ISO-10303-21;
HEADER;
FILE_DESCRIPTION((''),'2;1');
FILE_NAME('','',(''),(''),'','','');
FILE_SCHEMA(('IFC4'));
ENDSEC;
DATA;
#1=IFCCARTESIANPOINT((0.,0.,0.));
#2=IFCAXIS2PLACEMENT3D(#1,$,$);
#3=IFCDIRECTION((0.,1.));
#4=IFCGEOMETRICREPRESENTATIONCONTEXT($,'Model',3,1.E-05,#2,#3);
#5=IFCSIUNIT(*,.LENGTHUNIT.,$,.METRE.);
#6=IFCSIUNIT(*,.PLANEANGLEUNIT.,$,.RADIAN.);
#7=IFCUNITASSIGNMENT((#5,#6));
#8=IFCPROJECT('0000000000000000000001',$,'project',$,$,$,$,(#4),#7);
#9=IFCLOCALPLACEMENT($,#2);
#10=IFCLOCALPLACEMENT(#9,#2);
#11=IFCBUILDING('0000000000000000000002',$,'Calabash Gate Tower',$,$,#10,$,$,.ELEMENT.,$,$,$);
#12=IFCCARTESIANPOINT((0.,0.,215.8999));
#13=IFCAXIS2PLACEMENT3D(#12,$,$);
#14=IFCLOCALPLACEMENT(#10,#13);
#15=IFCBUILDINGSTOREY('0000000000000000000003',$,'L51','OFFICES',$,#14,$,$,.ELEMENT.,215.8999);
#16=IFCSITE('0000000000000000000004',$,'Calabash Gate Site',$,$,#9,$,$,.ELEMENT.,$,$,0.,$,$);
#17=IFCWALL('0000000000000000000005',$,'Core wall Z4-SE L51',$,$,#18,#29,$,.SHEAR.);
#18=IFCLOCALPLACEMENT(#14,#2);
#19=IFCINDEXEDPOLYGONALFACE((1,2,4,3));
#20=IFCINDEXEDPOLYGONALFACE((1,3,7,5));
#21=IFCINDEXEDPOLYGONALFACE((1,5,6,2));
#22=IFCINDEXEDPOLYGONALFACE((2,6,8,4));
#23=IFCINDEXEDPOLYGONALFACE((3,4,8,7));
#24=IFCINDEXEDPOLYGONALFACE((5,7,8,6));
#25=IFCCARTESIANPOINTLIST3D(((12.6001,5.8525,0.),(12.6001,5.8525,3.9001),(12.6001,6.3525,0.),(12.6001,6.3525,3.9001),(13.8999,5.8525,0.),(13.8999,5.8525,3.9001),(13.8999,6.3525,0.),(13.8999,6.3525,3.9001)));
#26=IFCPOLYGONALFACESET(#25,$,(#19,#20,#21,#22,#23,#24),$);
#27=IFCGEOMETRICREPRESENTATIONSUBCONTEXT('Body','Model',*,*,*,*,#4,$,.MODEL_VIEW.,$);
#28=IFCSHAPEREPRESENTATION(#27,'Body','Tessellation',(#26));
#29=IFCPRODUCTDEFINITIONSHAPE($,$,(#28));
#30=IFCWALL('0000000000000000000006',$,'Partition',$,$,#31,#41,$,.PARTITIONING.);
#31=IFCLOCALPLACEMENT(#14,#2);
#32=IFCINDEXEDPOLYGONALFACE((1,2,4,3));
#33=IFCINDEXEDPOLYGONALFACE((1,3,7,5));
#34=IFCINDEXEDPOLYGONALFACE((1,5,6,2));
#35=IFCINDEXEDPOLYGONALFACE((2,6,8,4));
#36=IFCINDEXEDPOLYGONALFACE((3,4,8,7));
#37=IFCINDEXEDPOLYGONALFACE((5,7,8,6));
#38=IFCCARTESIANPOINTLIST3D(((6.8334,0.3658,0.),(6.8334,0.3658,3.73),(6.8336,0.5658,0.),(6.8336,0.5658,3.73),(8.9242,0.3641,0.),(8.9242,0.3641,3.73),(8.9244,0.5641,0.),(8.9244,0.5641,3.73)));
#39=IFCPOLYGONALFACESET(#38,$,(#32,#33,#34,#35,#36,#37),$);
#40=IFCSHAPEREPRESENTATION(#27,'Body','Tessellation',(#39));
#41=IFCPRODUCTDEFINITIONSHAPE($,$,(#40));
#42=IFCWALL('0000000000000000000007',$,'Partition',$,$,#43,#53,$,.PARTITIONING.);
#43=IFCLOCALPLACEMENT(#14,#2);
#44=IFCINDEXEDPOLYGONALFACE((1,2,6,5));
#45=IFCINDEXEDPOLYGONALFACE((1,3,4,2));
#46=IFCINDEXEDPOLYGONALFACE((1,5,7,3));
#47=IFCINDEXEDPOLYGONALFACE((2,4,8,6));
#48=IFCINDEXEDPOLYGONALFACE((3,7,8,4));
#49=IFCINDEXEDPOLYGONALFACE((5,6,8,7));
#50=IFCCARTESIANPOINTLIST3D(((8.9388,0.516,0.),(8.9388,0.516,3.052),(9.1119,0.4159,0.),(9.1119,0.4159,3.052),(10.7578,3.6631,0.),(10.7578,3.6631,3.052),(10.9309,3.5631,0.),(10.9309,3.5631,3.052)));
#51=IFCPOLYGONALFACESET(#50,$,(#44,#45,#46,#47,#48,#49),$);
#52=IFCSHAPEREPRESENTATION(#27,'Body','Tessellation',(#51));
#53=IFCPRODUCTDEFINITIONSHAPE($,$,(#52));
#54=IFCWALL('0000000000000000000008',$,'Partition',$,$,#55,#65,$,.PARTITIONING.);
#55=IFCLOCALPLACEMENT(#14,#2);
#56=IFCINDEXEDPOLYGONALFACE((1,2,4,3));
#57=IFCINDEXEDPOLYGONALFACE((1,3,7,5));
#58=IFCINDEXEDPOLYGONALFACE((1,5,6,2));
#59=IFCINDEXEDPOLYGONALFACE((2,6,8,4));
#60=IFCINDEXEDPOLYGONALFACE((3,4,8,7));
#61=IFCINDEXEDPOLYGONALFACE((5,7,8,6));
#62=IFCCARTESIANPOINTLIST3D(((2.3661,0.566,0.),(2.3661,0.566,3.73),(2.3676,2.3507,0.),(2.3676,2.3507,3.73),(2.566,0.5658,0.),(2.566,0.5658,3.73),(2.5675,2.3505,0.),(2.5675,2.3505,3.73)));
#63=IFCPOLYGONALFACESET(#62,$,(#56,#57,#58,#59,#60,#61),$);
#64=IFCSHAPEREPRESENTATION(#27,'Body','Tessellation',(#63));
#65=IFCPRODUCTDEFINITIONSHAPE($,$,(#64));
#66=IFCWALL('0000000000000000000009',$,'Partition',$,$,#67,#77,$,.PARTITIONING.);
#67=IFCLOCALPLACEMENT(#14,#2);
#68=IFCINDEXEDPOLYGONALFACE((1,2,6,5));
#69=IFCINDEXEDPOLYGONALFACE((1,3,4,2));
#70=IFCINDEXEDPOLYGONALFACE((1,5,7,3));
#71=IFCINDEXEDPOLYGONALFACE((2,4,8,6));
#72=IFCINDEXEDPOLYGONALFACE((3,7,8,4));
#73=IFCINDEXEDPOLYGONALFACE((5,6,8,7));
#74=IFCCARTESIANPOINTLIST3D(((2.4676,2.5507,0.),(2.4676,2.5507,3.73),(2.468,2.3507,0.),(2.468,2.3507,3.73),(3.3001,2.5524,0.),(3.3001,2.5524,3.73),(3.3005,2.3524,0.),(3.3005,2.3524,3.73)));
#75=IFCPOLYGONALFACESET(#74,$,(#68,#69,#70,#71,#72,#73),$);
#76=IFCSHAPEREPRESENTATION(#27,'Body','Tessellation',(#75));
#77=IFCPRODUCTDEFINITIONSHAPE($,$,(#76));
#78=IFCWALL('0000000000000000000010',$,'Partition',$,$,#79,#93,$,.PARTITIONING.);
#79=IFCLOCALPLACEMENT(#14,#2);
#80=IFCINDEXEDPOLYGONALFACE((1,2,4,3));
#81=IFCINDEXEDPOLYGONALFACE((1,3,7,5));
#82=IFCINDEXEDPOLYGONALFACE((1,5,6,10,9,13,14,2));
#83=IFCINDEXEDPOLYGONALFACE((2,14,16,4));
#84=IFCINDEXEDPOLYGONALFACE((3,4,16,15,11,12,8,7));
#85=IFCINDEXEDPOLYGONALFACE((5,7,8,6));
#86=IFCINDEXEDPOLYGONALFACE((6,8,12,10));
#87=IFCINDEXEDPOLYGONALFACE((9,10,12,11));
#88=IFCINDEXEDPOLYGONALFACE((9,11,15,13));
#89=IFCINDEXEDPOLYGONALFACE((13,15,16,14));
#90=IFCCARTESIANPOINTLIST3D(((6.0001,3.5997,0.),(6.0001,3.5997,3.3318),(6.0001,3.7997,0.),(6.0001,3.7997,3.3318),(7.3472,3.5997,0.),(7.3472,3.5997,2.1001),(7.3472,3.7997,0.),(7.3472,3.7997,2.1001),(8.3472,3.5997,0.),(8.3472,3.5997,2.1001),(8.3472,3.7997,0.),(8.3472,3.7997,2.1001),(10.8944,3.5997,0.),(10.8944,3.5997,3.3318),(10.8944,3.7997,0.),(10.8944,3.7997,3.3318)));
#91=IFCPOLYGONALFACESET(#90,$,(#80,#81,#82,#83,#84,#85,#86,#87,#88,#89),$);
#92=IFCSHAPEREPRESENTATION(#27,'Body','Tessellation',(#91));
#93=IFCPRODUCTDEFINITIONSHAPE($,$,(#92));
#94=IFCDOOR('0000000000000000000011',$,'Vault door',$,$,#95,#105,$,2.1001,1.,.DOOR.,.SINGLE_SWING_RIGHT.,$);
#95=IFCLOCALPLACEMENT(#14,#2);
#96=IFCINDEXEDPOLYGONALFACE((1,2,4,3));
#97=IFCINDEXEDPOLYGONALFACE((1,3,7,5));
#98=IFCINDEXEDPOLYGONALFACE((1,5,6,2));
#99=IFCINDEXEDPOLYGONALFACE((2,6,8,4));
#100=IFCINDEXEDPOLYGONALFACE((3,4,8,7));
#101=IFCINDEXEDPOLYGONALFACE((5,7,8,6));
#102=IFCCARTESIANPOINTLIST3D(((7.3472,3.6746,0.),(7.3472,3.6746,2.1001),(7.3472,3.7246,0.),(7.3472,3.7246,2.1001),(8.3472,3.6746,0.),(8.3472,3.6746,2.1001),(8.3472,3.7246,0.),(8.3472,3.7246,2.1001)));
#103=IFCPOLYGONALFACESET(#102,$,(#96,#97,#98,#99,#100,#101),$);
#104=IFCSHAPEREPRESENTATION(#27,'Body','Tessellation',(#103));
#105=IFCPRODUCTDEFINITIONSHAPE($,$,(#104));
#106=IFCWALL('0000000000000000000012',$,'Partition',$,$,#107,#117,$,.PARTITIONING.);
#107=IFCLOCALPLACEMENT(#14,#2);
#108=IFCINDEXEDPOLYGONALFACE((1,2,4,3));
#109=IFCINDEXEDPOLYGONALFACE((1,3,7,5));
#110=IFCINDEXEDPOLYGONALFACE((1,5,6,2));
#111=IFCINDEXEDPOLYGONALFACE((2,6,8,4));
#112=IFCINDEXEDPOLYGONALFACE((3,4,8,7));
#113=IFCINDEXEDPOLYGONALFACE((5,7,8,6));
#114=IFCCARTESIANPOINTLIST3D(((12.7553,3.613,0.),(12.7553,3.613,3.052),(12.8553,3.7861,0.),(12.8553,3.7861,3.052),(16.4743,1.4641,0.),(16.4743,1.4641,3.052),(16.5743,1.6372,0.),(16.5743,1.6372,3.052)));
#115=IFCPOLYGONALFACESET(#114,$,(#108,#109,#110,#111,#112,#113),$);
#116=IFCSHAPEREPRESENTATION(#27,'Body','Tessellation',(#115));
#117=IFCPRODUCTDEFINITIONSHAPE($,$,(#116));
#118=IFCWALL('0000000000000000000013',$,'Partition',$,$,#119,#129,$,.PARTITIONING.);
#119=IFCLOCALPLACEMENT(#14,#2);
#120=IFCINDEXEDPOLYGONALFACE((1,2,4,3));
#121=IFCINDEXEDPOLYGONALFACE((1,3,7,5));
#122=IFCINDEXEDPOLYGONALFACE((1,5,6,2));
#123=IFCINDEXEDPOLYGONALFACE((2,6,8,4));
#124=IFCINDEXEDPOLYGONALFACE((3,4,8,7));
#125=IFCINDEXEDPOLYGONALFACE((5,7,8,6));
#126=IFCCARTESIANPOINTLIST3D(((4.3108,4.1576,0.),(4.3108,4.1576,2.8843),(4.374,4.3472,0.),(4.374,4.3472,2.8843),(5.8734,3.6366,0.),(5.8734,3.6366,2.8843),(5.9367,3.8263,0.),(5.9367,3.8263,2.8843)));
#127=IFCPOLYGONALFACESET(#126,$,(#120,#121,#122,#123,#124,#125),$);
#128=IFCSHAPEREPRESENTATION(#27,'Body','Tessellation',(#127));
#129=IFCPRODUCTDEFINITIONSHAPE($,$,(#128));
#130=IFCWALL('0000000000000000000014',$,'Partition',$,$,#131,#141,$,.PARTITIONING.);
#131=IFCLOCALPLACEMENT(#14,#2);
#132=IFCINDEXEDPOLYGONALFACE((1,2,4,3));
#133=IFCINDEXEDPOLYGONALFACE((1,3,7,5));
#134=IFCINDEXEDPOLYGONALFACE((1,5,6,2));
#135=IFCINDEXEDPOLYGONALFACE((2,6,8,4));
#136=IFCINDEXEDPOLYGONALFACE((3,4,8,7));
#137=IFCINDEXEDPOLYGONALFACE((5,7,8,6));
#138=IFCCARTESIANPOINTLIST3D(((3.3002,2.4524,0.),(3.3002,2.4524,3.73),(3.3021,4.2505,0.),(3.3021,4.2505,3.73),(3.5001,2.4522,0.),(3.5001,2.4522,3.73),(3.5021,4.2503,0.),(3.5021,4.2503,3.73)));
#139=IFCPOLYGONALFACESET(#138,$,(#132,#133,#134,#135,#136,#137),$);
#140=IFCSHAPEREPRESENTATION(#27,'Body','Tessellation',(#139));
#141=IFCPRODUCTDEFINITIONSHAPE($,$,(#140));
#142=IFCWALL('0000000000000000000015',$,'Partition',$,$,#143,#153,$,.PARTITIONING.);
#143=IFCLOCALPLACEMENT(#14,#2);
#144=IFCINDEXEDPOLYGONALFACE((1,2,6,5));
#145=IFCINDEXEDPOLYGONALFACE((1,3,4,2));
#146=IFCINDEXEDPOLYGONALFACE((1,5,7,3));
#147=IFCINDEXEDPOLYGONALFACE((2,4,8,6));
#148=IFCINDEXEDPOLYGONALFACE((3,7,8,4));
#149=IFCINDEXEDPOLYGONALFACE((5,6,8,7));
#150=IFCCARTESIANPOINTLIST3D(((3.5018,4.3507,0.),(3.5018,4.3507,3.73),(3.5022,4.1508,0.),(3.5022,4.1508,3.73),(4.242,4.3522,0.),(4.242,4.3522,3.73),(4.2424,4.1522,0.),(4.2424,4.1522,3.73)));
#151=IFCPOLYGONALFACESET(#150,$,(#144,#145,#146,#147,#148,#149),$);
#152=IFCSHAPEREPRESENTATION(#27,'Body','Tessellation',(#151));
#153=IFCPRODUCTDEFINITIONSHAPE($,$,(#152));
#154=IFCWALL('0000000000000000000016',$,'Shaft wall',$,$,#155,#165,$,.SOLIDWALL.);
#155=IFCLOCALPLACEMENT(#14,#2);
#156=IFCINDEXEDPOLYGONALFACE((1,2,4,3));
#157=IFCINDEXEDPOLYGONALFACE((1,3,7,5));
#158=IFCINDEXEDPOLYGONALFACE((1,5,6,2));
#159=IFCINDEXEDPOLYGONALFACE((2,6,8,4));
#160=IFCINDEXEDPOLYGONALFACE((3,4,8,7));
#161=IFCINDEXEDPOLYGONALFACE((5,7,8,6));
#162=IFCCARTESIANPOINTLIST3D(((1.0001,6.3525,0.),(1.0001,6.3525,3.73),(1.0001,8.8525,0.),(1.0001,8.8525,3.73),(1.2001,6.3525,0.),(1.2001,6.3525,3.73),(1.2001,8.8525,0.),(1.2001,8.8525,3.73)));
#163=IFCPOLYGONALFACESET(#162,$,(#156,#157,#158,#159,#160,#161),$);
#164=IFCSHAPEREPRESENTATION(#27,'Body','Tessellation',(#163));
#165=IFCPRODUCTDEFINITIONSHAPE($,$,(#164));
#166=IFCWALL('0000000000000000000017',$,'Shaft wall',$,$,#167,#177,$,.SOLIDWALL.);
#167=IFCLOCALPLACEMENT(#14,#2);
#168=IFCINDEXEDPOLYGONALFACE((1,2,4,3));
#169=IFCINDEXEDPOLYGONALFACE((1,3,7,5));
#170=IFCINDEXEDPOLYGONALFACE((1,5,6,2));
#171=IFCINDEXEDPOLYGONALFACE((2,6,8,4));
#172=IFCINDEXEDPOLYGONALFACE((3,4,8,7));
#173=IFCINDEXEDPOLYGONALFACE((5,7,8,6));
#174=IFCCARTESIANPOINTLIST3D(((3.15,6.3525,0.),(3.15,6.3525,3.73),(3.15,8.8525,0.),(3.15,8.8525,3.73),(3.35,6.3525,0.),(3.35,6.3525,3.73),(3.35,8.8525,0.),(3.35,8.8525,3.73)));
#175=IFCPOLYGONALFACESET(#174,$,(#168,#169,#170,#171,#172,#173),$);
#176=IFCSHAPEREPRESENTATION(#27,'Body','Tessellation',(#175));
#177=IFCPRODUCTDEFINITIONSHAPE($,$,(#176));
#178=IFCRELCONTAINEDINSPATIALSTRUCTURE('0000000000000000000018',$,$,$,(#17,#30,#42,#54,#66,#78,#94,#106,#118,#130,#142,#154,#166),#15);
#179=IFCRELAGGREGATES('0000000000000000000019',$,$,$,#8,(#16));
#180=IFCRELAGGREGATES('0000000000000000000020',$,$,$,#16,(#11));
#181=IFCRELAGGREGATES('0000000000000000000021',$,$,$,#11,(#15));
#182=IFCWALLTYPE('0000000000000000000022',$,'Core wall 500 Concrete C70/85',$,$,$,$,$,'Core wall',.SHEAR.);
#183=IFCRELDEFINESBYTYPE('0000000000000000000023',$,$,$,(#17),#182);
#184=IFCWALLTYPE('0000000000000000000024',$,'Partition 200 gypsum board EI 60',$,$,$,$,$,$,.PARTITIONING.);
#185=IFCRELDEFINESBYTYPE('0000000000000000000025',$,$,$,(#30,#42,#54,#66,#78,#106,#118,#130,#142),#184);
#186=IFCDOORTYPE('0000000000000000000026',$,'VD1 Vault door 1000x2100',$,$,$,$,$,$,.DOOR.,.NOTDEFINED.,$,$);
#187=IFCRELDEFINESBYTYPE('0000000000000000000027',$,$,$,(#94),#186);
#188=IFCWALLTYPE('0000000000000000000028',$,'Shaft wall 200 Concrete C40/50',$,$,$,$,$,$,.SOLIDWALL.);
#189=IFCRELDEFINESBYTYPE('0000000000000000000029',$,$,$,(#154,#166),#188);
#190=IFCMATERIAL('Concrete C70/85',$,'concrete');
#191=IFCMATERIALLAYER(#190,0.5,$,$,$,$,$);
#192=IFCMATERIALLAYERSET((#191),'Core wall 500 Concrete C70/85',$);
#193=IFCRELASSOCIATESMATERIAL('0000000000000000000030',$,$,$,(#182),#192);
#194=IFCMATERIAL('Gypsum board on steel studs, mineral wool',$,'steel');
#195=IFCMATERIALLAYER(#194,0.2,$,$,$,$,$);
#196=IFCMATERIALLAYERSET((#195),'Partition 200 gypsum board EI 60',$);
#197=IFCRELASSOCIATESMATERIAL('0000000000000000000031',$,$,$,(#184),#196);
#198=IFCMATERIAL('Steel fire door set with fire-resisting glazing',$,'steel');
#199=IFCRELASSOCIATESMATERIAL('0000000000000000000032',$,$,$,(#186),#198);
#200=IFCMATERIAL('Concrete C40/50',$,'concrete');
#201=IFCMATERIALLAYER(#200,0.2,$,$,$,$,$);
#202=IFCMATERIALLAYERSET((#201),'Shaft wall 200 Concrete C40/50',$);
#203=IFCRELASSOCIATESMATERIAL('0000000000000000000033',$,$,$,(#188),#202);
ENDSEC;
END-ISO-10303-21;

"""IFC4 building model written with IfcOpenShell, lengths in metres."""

from ifc_helpers import new_model, si_unit, direction, frame, frame_2d, origin, place, context, subcontext, project, spatial, rectangle, extrude, material, layer, layer_set, type_object, element, fill, save


model = new_model("IFC4")

# Units and contexts
model_context = context("Model", 3, precision=1e-05, world=origin(), true_north=direction((0.0, 1.0)))
body_context = subcontext(model_context, "Body", "Model", "MODEL_VIEW")
ifc_project = project(units=[si_unit("LENGTHUNIT", "METRE"), si_unit("PLANEANGLEUNIT", "RADIAN")], contexts=[model_context])

# Site, building, storey
site_placement = place(None, origin())
site = spatial("IfcSite", under=ifc_project, at=site_placement, Name="Calabash Gate Site", CompositionType="ELEMENT", RefElevation=0.0)
building_placement = place(site_placement, origin())
building = spatial("IfcBuilding", under=site, at=building_placement, Name="Calabash Gate Tower", CompositionType="ELEMENT")
storey_placement = place(building_placement, frame((0.0, 0.0, 215.8999)))
storey = spatial("IfcBuildingStorey", under=building, at=storey_placement, Name="L51", Description="OFFICES", CompositionType="ELEMENT", Elevation=215.8999)

# Shared definitions
ifc_material_1 = material(Name="Concrete C70/85", Category="concrete")
ifc_layer_1 = layer(ifc_material_1, 0.5)
ifc_layer_set_1 = layer_set([ifc_layer_1], Name="Core wall 500 Concrete C70/85")
wall_type_1 = type_object("IfcWallType", Name="Core wall 500 Concrete C70/85", ElementType="Core wall", PredefinedType="SHEAR", material=ifc_layer_set_1)

# Walls
wall_1_placement = place(storey_placement, frame((12.6001, 6.1025, 0.0), z_axis=(0.0, 0.0, 1.0), x_axis=(1.0, 0.0, 0.0)))
element("IfcWall", 1, at=wall_1_placement, inside=storey, type_object=wall_type_1, Name="Core wall Z4-SE L51", PredefinedType="SHEAR", context=body_context, shape_type="SweptSolid", body=[
    extrude(rectangle(XDim=1.2998, YDim=0.5, at=frame_2d((0.6499, 0.0))), origin(), (0.0, 0.0, 1.0), 3.9001),
])
ifc_material_2 = material(Name="Gypsum board on steel studs, mineral wool", Category="steel")
ifc_layer_2 = layer(ifc_material_2, 0.2)
ifc_layer_set_2 = layer_set([ifc_layer_2], Name="Partition 200 gypsum board EI 60")
wall_type_2 = type_object("IfcWallType", Name="Partition 200 gypsum board EI 60", PredefinedType="PARTITIONING", material=ifc_layer_set_2)
wall_2_placement = place(storey_placement, frame((6.8335, 0.4658, 0.0), z_axis=(0.0, 0.0, 1.0), x_axis=(1.0, -0.000817, 0.0)))
element("IfcWall", 2, at=wall_2_placement, inside=storey, type_object=wall_type_2, Name="Partition", PredefinedType="PARTITIONING", context=body_context, shape_type="SweptSolid", body=[
    extrude(rectangle(XDim=2.0908, YDim=0.2, at=frame_2d((1.0454, 0.0))), origin(), (0.0, 0.0, 1.0), 3.73),
])
wall_3_placement = place(storey_placement, frame((9.0254, 0.4661, 0.0), z_axis=(0.0, 0.0, 1.0), x_axis=(0.500422, 0.865782, 0.0)))
element("IfcWall", 3, at=wall_3_placement, inside=storey, type_object=wall_type_2, Name="Partition", PredefinedType="PARTITIONING", context=body_context, shape_type="SweptSolid", body=[
    extrude(rectangle(XDim=3.635, YDim=0.2, at=frame_2d((1.8174, 0.0))), origin(), (0.0, 0.0, 1.0), 3.052),
])
wall_4_placement = place(storey_placement, frame((2.4661, 0.5659, 0.0), z_axis=(0.0, 0.0, 1.0), x_axis=(0.000821, 1.0, 0.0)))
element("IfcWall", 4, at=wall_4_placement, inside=storey, type_object=wall_type_2, Name="Partition", PredefinedType="PARTITIONING", context=body_context, shape_type="SweptSolid", body=[
    extrude(rectangle(XDim=1.7847, YDim=0.2, at=frame_2d((0.8923, 0.0))), origin(), (0.0, 0.0, 1.0), 3.73),
])
wall_5_placement = place(storey_placement, frame((2.4678, 2.4507, 0.0), z_axis=(0.0, 0.0, 1.0), x_axis=(0.999998, 0.002053, 0.0)))
element("IfcWall", 5, at=wall_5_placement, inside=storey, type_object=wall_type_2, Name="Partition", PredefinedType="PARTITIONING", context=body_context, shape_type="SweptSolid", body=[
    extrude(rectangle(XDim=0.8325, YDim=0.2, at=frame_2d((0.4163, 0.0))), origin(), (0.0, 0.0, 1.0), 3.73),
])

# Wall, opening, door
wall_6_placement = place(storey_placement, frame((6.0, 3.6997, 0.0), z_axis=(0.0, 0.0, 1.0), x_axis=(1.0, 0.0, 0.0)))
wall_6 = element("IfcWall", 6, at=wall_6_placement, inside=storey, type_object=wall_type_2, Name="Partition", PredefinedType="PARTITIONING", context=body_context, shape_type="SweptSolid", body=[
    extrude(rectangle(XDim=4.8943, YDim=0.2, at=frame_2d((2.4473, 0.0))), origin(), (0.0, 0.0, 1.0), 3.3318),
])
opening_1_placement = place(wall_6_placement, frame((1.3472, 0.0, 0.0)))
opening_1 = element("IfcOpeningElement", 7, at=opening_1_placement, cuts=wall_6, PredefinedType="OPENING", context=body_context, shape_type="SweptSolid", body=[
    extrude(rectangle(XDim=1.0, YDim=2.1001, at=frame_2d((0.5, 1.05))), frame((0.0, 0.1099, 0.0), z_axis=(0.0, -1.0, 0.0), x_axis=(1.0, 0.0, 0.0)), (0.0, 0.0, 1.0), 0.22),
])
ifc_material_3 = material(Name="Steel fire door set with fire-resisting glazing", Category="steel")
door_type_1 = type_object("IfcDoorType", Name="VD1 Vault door 1000x2100", OperationType="NOTDEFINED", PredefinedType="DOOR", material=ifc_material_3)
door_1_placement = place(opening_1_placement, origin())
door_1 = element("IfcDoor", 8, at=door_1_placement, inside=storey, type_object=door_type_1, Name="Vault door", OperationType="SINGLE_SWING_RIGHT", OverallHeight=2.1001, OverallWidth=1.0, PredefinedType="DOOR", context=body_context, shape_type="SweptSolid", body=[
    extrude(rectangle(XDim=1.0, YDim=2.1001, at=frame_2d((0.5, 1.05))), frame((0.0, 0.0249, 0.0), z_axis=(0.0, -1.0, 0.0), x_axis=(1.0, 0.0, 0.0)), (0.0, 0.0, 1.0), 0.05),
])
fill(opening_1, door_1)

# Walls
wall_7_placement = place(storey_placement, frame((12.8054, 3.6995, 0.0), z_axis=(0.0, 0.0, 1.0), x_axis=(0.865848, -0.500308, 0.0)))
element("IfcWall", 9, at=wall_7_placement, inside=storey, type_object=wall_type_2, Name="Partition", PredefinedType="PARTITIONING", context=body_context, shape_type="SweptSolid", body=[
    extrude(rectangle(XDim=4.2952, YDim=0.2, at=frame_2d((2.1475, 0.0))), origin(), (0.0, 0.0, 1.0), 3.052),
])
wall_8_placement = place(storey_placement, frame((4.3423, 4.2524, 0.0), z_axis=(0.0, 0.0, 1.0), x_axis=(0.948668, -0.316272, 0.0)))
element("IfcWall", 10, at=wall_8_placement, inside=storey, type_object=wall_type_2, Name="Partition", PredefinedType="PARTITIONING", context=body_context, shape_type="SweptSolid", body=[
    extrude(rectangle(XDim=1.6472, YDim=0.2, at=frame_2d((0.8237, 0.0))), origin(), (0.0, 0.0, 1.0), 2.8843),
])
wall_9_placement = place(storey_placement, frame((3.4001, 2.4524, 0.0), z_axis=(0.0, 0.0, 1.0), x_axis=(0.001086, 0.999999, 0.0)))
element("IfcWall", 11, at=wall_9_placement, inside=storey, type_object=wall_type_2, Name="Partition", PredefinedType="PARTITIONING", context=body_context, shape_type="SweptSolid", body=[
    extrude(rectangle(XDim=1.7981, YDim=0.2, at=frame_2d((0.8989, 0.0))), origin(), (0.0, 0.0, 1.0), 3.73),
])
wall_10_placement = place(storey_placement, frame((3.502, 4.2507, 0.0), z_axis=(0.0, 0.0, 1.0), x_axis=(0.999998, 0.001979, 0.0)))
element("IfcWall", 12, at=wall_10_placement, inside=storey, type_object=wall_type_2, Name="Partition", PredefinedType="PARTITIONING", context=body_context, shape_type="SweptSolid", body=[
    extrude(rectangle(XDim=0.7402, YDim=0.2, at=frame_2d((0.3701, 0.0))), origin(), (0.0, 0.0, 1.0), 3.73),
])
ifc_material_4 = material(Name="Concrete C40/50", Category="concrete")
ifc_layer_3 = layer(ifc_material_4, 0.2)
ifc_layer_set_3 = layer_set([ifc_layer_3], Name="Shaft wall 200 Concrete C40/50")
wall_type_3 = type_object("IfcWallType", Name="Shaft wall 200 Concrete C40/50", PredefinedType="SOLIDWALL", material=ifc_layer_set_3)
for number, where, z_axis, x_axis, name in (
    (13, (1.1001, 6.3525, 0.0), (0.0, 0.0, 1.0), (0.0, 1.0, 0.0), "Shaft wall"),
    (14, (3.25, 6.3525, 0.0), (0.0, 0.0, 1.0), (0.0, 1.0, 0.0), "Shaft wall"),
):
    element("IfcWall", number, at=place(storey_placement, frame(where, z_axis=z_axis, x_axis=x_axis)), inside=storey, type_object=wall_type_3, Name=name, PredefinedType="SOLIDWALL", context=body_context, shape_type="SweptSolid", body=[
        extrude(rectangle(XDim=2.5, YDim=0.2, at=frame_2d((1.25, 0.0))), origin(), (0.0, 0.0, 1.0), 3.73),
    ])

save(model, "model.ifc")
